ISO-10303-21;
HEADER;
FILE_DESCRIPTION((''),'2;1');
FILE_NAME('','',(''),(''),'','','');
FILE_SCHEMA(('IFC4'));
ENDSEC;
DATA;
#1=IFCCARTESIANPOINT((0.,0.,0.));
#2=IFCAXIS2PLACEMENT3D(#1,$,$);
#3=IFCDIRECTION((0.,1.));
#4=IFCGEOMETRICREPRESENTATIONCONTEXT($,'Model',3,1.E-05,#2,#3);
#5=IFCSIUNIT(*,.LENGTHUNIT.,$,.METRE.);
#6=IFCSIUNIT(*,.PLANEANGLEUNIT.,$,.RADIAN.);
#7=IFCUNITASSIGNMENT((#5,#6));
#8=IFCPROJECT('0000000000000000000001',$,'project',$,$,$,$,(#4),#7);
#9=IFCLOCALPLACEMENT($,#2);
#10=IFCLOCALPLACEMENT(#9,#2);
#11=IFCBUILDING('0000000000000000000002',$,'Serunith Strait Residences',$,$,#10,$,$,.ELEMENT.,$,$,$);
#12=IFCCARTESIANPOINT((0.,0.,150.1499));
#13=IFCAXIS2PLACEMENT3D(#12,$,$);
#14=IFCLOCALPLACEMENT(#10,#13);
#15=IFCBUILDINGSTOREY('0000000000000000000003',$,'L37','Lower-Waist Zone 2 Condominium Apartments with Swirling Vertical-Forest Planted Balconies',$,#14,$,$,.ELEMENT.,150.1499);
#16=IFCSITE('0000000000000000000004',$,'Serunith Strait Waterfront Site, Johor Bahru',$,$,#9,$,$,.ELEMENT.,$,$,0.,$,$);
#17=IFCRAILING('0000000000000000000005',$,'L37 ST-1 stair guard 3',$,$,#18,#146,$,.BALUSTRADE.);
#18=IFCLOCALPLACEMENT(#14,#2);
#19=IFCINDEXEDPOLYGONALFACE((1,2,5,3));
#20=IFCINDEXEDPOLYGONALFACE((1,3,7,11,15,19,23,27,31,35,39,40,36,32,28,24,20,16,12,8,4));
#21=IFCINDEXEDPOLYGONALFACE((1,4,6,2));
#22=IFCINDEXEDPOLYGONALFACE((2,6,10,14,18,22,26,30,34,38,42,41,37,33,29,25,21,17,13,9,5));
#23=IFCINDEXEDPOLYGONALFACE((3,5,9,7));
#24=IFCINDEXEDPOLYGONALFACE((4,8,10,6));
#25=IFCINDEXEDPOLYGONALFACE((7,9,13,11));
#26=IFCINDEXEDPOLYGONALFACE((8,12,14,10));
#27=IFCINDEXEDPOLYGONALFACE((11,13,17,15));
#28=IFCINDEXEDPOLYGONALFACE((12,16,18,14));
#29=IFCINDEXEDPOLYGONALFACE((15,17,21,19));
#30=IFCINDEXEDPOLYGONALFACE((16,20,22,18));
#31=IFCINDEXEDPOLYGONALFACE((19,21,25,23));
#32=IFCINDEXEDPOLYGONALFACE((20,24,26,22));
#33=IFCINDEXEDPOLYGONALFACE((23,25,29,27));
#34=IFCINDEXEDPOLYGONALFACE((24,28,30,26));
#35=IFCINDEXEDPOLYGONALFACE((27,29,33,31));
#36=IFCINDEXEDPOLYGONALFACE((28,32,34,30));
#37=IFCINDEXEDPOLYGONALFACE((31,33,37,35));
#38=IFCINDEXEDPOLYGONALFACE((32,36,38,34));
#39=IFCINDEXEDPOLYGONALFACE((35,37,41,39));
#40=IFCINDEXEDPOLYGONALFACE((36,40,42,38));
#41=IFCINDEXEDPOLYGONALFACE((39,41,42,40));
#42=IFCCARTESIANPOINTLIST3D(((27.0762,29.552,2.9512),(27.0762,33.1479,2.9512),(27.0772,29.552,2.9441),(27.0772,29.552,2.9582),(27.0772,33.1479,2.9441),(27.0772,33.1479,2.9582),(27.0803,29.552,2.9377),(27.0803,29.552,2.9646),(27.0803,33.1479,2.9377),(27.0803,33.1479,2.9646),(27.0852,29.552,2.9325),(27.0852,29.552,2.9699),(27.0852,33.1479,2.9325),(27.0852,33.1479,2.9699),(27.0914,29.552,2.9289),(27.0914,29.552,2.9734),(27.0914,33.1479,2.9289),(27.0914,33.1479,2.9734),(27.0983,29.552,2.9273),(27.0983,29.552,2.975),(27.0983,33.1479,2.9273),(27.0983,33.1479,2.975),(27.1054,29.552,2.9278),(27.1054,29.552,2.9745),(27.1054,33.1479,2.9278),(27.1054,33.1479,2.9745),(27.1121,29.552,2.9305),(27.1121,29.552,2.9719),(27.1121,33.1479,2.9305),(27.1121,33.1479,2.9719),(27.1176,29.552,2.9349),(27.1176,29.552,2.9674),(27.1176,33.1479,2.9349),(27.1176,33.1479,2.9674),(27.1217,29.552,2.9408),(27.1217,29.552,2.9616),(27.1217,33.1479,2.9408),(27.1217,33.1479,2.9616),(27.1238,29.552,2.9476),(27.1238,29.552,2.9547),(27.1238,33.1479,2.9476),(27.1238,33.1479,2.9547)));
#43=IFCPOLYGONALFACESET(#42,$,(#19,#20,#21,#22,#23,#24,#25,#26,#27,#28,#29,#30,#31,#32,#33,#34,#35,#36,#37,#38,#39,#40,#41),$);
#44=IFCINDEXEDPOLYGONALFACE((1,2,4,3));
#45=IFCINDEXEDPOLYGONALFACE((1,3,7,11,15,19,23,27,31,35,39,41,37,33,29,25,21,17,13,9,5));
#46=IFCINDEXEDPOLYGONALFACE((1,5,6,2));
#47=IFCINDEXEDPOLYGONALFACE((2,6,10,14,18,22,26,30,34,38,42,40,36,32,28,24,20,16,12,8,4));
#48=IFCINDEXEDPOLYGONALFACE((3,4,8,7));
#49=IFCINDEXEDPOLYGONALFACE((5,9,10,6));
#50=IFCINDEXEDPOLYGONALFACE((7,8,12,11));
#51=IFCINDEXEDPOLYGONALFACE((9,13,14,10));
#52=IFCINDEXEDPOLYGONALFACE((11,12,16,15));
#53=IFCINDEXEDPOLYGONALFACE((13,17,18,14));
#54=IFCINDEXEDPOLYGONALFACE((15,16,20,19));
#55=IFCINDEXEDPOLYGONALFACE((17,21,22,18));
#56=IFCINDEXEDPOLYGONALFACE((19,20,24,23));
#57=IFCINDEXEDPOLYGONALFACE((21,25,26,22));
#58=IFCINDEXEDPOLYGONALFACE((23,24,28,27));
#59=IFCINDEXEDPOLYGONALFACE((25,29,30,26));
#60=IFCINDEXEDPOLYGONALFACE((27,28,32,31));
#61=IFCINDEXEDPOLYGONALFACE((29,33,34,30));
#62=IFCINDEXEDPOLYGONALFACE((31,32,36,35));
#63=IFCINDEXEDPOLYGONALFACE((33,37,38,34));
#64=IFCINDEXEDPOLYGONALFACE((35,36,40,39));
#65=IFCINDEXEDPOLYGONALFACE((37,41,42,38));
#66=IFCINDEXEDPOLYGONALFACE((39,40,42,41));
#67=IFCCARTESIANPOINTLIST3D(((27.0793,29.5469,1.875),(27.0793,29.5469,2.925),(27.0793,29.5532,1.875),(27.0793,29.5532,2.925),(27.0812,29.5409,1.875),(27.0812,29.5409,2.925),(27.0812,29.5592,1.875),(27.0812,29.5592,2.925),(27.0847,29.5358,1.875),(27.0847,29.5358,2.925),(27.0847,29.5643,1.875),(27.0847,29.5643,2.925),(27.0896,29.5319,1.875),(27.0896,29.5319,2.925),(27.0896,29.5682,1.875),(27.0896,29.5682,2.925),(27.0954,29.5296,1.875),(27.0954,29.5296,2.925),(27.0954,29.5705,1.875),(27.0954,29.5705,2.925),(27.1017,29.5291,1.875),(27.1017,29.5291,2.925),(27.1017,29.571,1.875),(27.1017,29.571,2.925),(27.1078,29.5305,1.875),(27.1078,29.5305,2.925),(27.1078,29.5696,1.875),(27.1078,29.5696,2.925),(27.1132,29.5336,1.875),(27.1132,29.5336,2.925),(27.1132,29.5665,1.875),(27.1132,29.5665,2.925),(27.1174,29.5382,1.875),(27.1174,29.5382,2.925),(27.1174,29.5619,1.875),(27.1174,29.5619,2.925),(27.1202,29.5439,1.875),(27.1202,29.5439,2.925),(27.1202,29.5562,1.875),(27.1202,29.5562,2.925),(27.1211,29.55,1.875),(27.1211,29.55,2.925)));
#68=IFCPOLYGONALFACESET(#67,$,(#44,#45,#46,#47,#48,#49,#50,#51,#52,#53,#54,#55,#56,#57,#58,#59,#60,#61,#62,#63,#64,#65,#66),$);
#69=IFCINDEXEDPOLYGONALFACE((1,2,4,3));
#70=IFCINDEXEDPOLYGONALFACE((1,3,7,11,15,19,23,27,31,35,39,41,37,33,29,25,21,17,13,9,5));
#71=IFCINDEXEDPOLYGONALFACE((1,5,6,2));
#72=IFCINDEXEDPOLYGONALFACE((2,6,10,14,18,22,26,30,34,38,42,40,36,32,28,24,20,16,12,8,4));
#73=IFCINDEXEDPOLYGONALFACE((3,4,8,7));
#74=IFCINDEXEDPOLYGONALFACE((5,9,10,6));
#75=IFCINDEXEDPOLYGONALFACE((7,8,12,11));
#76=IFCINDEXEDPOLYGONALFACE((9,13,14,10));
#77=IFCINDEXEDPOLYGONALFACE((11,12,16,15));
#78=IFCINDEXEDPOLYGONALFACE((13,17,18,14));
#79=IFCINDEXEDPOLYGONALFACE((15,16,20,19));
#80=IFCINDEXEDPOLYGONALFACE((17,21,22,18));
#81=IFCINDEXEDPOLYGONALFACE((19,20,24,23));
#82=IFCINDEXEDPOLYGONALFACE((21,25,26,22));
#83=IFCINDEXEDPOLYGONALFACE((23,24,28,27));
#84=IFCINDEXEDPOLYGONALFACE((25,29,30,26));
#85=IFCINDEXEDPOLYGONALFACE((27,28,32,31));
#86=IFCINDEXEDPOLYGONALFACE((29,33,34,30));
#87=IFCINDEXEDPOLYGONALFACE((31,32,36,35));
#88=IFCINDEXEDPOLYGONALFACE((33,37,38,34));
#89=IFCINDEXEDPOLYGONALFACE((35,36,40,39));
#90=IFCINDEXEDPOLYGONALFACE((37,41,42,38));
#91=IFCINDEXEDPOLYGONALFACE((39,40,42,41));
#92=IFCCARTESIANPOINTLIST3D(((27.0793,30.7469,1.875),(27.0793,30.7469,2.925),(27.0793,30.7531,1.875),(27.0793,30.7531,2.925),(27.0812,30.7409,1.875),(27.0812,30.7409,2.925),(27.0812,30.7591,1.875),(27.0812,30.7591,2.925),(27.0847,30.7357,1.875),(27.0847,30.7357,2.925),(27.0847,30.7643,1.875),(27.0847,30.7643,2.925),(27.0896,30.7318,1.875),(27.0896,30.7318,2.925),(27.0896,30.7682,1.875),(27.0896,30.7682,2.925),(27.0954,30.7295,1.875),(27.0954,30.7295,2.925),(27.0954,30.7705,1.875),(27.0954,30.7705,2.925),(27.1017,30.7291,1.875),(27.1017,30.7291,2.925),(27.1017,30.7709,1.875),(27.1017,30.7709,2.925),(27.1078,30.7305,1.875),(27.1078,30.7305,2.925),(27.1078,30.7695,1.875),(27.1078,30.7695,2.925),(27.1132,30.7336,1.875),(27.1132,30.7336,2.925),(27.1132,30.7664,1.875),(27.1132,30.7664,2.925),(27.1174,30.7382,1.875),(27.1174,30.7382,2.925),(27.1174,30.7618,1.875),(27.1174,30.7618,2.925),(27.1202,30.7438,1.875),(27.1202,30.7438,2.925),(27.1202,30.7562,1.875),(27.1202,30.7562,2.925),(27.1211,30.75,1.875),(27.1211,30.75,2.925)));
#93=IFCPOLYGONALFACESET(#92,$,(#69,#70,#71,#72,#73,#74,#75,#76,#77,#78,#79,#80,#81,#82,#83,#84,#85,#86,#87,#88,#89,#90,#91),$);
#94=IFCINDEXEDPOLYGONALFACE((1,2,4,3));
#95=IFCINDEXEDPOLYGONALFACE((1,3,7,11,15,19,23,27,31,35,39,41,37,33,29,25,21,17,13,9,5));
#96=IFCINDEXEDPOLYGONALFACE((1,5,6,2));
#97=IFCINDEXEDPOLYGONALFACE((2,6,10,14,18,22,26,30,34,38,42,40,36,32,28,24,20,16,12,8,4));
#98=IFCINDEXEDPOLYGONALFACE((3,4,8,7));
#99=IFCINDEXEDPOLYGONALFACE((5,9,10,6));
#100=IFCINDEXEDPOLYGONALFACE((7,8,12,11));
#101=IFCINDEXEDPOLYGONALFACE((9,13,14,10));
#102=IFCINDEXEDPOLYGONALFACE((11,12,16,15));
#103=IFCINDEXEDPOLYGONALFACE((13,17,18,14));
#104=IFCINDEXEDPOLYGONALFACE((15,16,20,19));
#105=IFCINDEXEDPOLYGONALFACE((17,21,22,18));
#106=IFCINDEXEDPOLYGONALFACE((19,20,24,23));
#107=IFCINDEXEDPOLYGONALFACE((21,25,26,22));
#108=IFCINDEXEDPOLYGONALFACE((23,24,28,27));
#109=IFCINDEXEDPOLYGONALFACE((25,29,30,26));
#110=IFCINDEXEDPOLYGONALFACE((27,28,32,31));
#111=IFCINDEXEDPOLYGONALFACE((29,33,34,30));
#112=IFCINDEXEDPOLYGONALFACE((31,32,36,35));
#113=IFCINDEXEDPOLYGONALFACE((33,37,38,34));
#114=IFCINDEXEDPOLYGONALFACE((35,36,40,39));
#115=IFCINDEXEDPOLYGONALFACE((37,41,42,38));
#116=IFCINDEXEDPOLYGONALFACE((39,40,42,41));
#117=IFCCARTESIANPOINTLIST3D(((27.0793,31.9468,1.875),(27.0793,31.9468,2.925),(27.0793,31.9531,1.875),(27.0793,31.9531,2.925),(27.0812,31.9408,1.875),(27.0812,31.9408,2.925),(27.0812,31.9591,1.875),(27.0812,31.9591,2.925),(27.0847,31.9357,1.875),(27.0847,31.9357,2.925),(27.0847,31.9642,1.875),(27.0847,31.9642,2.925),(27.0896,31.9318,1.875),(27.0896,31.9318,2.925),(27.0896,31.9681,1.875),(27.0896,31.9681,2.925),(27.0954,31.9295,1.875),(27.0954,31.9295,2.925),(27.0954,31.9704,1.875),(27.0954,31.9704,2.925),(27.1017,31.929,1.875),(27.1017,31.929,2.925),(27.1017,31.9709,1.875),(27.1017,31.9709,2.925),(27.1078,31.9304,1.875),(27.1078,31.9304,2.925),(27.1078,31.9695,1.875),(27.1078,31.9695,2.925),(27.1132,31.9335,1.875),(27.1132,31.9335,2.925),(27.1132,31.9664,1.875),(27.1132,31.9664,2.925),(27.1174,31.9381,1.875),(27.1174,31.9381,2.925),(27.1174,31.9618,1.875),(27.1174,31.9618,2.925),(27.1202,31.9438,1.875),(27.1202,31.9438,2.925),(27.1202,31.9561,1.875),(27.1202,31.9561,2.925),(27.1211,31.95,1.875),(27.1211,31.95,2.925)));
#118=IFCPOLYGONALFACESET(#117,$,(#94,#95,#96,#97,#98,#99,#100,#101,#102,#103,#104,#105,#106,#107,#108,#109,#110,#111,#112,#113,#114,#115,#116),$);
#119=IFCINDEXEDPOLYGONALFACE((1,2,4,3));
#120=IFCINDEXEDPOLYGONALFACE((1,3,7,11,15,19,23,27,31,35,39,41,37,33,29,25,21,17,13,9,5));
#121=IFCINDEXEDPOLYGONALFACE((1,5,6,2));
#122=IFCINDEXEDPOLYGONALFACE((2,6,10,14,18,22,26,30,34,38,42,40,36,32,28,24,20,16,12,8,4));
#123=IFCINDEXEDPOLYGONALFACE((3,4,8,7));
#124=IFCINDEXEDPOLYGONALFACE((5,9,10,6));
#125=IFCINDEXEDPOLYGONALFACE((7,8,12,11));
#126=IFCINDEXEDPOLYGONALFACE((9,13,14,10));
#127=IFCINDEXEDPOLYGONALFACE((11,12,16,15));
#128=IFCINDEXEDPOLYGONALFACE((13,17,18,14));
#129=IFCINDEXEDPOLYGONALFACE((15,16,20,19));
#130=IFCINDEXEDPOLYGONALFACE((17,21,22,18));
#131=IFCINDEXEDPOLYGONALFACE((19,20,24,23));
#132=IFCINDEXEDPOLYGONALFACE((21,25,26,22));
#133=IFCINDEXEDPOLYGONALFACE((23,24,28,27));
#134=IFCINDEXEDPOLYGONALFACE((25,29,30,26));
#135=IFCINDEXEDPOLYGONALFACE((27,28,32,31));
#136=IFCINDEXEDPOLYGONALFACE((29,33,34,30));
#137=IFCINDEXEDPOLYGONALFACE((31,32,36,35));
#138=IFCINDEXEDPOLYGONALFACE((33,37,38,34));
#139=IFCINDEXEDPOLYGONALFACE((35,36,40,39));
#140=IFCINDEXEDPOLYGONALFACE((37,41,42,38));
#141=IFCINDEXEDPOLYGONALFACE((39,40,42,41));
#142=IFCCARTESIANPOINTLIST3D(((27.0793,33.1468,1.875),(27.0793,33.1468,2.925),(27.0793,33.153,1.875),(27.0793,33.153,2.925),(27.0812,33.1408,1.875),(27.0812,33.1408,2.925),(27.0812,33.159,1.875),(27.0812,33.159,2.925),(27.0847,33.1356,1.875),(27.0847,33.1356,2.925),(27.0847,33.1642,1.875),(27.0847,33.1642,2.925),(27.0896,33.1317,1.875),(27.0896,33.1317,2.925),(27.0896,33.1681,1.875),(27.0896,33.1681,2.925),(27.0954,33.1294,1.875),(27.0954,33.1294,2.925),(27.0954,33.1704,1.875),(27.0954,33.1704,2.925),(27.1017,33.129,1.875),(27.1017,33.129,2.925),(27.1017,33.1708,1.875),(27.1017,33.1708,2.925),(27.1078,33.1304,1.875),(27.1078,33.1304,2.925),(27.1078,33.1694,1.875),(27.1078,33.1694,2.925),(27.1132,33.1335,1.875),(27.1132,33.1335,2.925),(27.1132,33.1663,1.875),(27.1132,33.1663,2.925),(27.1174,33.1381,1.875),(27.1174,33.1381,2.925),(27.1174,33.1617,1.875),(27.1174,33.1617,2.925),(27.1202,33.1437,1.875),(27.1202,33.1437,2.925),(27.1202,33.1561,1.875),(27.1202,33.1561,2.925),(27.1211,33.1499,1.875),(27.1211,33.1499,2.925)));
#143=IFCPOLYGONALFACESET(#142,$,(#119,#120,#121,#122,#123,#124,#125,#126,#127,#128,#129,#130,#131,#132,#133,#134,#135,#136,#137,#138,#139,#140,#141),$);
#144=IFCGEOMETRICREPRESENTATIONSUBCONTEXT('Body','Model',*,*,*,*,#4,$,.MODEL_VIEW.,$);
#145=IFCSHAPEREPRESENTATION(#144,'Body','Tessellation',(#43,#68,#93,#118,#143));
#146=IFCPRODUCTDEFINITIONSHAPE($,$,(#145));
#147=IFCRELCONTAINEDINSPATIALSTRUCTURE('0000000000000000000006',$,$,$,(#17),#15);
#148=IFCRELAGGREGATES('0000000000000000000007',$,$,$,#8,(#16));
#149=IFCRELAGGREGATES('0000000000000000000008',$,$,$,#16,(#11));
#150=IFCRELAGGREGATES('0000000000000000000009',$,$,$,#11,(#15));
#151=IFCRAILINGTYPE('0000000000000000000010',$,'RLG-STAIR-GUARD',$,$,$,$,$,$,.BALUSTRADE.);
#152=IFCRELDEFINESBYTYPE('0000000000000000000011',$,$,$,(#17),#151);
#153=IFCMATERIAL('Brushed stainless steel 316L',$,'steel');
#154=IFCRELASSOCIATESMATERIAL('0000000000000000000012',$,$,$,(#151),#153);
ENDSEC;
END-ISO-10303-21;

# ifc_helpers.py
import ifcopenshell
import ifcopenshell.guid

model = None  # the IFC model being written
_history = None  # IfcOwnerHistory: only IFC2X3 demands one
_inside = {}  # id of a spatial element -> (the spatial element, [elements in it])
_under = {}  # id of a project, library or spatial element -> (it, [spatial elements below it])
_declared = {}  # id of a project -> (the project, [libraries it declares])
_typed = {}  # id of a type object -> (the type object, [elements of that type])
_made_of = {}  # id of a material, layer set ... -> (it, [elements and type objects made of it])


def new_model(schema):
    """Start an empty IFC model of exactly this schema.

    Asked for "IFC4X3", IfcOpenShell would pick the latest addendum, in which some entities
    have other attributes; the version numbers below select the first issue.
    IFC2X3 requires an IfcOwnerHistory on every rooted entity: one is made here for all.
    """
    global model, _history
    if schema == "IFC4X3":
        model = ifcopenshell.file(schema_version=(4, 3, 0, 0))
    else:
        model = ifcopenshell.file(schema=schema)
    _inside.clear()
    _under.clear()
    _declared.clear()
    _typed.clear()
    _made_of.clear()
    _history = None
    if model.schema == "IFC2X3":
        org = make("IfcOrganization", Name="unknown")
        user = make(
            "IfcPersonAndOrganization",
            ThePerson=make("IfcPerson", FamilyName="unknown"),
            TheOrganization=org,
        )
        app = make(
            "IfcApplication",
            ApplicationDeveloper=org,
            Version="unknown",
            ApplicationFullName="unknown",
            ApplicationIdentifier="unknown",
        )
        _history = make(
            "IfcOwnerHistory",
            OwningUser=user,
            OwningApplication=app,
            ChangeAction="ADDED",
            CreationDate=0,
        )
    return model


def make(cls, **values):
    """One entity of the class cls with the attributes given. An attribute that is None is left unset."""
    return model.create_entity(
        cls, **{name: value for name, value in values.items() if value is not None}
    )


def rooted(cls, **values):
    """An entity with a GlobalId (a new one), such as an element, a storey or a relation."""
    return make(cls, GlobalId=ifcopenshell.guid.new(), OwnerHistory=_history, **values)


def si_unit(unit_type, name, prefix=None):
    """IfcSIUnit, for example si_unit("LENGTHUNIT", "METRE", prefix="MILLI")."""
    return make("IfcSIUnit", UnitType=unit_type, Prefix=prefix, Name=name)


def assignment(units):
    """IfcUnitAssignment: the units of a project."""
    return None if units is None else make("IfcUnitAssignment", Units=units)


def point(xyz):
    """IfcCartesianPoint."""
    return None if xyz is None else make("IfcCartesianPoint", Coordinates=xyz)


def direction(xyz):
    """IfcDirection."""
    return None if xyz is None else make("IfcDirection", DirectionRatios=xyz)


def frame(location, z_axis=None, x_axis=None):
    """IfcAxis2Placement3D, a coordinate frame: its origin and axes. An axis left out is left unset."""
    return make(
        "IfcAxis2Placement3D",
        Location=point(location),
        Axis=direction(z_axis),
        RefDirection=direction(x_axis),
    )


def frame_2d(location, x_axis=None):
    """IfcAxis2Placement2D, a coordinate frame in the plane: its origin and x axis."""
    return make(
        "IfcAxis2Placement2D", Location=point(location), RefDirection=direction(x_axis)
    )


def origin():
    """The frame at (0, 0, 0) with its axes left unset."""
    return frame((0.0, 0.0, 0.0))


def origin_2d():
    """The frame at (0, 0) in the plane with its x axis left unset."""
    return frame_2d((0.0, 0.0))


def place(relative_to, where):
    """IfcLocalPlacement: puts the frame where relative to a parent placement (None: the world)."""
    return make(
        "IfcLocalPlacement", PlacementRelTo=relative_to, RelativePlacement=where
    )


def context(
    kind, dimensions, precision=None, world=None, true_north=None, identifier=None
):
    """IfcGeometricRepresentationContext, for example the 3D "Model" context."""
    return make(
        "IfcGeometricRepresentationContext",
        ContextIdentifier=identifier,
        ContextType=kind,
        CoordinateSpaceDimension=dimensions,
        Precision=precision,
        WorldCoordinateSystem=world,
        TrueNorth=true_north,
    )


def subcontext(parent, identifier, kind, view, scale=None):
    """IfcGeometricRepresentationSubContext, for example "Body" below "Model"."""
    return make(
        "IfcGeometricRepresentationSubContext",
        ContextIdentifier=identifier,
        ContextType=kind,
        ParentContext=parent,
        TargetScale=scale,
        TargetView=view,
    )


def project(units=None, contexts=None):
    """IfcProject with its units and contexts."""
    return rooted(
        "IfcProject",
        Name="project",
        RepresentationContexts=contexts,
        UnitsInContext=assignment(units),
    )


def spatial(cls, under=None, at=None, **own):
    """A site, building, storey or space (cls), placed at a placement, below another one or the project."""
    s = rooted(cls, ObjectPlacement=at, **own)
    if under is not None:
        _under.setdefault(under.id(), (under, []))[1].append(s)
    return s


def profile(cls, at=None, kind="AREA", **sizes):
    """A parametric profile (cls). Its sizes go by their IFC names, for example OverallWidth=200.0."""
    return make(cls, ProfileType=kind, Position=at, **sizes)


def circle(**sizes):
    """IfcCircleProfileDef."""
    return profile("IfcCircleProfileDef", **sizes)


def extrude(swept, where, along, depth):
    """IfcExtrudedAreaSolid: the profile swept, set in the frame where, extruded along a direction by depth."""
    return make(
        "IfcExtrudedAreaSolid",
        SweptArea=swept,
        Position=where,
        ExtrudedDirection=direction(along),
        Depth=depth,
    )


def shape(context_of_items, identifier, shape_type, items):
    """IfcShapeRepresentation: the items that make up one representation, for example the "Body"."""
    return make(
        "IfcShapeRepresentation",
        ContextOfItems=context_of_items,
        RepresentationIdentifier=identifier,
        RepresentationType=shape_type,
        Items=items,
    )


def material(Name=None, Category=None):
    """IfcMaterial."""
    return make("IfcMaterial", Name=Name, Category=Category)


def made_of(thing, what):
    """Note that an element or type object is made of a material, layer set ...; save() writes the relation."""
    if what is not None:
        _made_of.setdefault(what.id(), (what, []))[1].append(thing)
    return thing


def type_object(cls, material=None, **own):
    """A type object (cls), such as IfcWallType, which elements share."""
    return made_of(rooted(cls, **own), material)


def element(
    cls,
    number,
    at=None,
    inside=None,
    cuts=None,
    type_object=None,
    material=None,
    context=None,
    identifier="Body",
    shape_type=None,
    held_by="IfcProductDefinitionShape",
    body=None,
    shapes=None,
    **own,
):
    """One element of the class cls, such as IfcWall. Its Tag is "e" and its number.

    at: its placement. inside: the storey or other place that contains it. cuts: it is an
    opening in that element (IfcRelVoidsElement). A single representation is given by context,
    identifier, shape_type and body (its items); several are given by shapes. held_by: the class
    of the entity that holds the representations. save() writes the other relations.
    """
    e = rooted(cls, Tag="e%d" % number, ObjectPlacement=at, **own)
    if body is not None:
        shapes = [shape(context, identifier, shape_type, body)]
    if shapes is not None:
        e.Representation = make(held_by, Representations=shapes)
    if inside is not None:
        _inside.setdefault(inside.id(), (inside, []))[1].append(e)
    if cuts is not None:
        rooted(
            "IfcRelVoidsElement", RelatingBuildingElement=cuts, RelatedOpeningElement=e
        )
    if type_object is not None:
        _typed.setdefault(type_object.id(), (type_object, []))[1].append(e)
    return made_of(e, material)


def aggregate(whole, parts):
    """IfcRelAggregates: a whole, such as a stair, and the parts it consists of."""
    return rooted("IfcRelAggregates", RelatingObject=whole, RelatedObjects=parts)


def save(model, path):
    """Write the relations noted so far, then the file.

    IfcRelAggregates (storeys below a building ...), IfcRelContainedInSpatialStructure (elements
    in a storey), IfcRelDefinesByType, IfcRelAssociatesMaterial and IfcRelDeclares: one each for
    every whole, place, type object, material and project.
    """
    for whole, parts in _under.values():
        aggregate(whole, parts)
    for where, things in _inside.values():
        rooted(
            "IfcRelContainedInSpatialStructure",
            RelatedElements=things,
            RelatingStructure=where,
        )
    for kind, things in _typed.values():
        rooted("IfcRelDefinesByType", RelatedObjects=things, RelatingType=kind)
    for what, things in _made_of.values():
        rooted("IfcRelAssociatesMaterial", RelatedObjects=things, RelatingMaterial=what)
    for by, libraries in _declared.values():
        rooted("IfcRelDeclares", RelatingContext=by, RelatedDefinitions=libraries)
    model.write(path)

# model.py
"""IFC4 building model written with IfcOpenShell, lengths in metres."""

from ifc_helpers import new_model, si_unit, direction, frame, origin, origin_2d, place, context, subcontext, project, spatial, circle, extrude, material, type_object, element, save


model = new_model("IFC4")

# Units and contexts
model_context = context("Model", 3, precision=1e-05, world=origin(), true_north=direction((0.0, 1.0)))
body_context = subcontext(model_context, "Body", "Model", "MODEL_VIEW")
ifc_project = project(units=[si_unit("LENGTHUNIT", "METRE"), si_unit("PLANEANGLEUNIT", "RADIAN")], contexts=[model_context])

# Site, building, storey
site_placement = place(None, origin())
site = spatial("IfcSite", under=ifc_project, at=site_placement, Name="Serunith Strait Waterfront Site, Johor Bahru", CompositionType="ELEMENT", RefElevation=0.0)
building_placement = place(site_placement, origin())
building = spatial("IfcBuilding", under=site, at=building_placement, Name="Serunith Strait Residences", CompositionType="ELEMENT")
storey_placement = place(building_placement, frame((0.0, 0.0, 150.1499)))
storey = spatial("IfcBuildingStorey", under=building, at=storey_placement, Name="L37", Description="Lower-Waist Zone 2 Condominium Apartments with Swirling Vertical-Forest Planted Balconies", CompositionType="ELEMENT", Elevation=150.1499)

# Railing
ifc_material_1 = material(Name="Brushed stainless steel 316L", Category="steel")
railing_type_1 = type_object("IfcRailingType", Name="RLG-STAIR-GUARD", PredefinedType="BALUSTRADE", material=ifc_material_1)
for number, where, name in (
    (1, (27.1001, 29.55, 1.875), "L37 ST-1 stair guard 3"),
):
    element("IfcRailing", number, at=place(storey_placement, frame(where)), inside=storey, type_object=railing_type_1, Name=name, PredefinedType="BALUSTRADE", context=body_context, shape_type="SweptSolid", body=[
        extrude(circle(Radius=0.0239, at=origin_2d()), frame((0.0, 0.002, 1.0762), z_axis=(0.0, 1.0, 0.0), x_axis=(-1.0, 0.0, 0.0)), (0.0, 0.0, 1.0), 3.5959),
        extrude(circle(Radius=0.021, at=origin_2d()), origin(), (0.0, 0.0, 1.0), 1.05),
        extrude(circle(Radius=0.021, at=origin_2d()), frame((0.0, 1.2, 0.0)), (0.0, 0.0, 1.0), 1.05),
        extrude(circle(Radius=0.021, at=origin_2d()), frame((0.0, 2.3999, 0.0)), (0.0, 0.0, 1.0), 1.05),
        extrude(circle(Radius=0.021, at=origin_2d()), frame((0.0, 3.5999, 0.0)), (0.0, 0.0, 1.0), 1.05),
    ])

save(model, "model.ifc")
